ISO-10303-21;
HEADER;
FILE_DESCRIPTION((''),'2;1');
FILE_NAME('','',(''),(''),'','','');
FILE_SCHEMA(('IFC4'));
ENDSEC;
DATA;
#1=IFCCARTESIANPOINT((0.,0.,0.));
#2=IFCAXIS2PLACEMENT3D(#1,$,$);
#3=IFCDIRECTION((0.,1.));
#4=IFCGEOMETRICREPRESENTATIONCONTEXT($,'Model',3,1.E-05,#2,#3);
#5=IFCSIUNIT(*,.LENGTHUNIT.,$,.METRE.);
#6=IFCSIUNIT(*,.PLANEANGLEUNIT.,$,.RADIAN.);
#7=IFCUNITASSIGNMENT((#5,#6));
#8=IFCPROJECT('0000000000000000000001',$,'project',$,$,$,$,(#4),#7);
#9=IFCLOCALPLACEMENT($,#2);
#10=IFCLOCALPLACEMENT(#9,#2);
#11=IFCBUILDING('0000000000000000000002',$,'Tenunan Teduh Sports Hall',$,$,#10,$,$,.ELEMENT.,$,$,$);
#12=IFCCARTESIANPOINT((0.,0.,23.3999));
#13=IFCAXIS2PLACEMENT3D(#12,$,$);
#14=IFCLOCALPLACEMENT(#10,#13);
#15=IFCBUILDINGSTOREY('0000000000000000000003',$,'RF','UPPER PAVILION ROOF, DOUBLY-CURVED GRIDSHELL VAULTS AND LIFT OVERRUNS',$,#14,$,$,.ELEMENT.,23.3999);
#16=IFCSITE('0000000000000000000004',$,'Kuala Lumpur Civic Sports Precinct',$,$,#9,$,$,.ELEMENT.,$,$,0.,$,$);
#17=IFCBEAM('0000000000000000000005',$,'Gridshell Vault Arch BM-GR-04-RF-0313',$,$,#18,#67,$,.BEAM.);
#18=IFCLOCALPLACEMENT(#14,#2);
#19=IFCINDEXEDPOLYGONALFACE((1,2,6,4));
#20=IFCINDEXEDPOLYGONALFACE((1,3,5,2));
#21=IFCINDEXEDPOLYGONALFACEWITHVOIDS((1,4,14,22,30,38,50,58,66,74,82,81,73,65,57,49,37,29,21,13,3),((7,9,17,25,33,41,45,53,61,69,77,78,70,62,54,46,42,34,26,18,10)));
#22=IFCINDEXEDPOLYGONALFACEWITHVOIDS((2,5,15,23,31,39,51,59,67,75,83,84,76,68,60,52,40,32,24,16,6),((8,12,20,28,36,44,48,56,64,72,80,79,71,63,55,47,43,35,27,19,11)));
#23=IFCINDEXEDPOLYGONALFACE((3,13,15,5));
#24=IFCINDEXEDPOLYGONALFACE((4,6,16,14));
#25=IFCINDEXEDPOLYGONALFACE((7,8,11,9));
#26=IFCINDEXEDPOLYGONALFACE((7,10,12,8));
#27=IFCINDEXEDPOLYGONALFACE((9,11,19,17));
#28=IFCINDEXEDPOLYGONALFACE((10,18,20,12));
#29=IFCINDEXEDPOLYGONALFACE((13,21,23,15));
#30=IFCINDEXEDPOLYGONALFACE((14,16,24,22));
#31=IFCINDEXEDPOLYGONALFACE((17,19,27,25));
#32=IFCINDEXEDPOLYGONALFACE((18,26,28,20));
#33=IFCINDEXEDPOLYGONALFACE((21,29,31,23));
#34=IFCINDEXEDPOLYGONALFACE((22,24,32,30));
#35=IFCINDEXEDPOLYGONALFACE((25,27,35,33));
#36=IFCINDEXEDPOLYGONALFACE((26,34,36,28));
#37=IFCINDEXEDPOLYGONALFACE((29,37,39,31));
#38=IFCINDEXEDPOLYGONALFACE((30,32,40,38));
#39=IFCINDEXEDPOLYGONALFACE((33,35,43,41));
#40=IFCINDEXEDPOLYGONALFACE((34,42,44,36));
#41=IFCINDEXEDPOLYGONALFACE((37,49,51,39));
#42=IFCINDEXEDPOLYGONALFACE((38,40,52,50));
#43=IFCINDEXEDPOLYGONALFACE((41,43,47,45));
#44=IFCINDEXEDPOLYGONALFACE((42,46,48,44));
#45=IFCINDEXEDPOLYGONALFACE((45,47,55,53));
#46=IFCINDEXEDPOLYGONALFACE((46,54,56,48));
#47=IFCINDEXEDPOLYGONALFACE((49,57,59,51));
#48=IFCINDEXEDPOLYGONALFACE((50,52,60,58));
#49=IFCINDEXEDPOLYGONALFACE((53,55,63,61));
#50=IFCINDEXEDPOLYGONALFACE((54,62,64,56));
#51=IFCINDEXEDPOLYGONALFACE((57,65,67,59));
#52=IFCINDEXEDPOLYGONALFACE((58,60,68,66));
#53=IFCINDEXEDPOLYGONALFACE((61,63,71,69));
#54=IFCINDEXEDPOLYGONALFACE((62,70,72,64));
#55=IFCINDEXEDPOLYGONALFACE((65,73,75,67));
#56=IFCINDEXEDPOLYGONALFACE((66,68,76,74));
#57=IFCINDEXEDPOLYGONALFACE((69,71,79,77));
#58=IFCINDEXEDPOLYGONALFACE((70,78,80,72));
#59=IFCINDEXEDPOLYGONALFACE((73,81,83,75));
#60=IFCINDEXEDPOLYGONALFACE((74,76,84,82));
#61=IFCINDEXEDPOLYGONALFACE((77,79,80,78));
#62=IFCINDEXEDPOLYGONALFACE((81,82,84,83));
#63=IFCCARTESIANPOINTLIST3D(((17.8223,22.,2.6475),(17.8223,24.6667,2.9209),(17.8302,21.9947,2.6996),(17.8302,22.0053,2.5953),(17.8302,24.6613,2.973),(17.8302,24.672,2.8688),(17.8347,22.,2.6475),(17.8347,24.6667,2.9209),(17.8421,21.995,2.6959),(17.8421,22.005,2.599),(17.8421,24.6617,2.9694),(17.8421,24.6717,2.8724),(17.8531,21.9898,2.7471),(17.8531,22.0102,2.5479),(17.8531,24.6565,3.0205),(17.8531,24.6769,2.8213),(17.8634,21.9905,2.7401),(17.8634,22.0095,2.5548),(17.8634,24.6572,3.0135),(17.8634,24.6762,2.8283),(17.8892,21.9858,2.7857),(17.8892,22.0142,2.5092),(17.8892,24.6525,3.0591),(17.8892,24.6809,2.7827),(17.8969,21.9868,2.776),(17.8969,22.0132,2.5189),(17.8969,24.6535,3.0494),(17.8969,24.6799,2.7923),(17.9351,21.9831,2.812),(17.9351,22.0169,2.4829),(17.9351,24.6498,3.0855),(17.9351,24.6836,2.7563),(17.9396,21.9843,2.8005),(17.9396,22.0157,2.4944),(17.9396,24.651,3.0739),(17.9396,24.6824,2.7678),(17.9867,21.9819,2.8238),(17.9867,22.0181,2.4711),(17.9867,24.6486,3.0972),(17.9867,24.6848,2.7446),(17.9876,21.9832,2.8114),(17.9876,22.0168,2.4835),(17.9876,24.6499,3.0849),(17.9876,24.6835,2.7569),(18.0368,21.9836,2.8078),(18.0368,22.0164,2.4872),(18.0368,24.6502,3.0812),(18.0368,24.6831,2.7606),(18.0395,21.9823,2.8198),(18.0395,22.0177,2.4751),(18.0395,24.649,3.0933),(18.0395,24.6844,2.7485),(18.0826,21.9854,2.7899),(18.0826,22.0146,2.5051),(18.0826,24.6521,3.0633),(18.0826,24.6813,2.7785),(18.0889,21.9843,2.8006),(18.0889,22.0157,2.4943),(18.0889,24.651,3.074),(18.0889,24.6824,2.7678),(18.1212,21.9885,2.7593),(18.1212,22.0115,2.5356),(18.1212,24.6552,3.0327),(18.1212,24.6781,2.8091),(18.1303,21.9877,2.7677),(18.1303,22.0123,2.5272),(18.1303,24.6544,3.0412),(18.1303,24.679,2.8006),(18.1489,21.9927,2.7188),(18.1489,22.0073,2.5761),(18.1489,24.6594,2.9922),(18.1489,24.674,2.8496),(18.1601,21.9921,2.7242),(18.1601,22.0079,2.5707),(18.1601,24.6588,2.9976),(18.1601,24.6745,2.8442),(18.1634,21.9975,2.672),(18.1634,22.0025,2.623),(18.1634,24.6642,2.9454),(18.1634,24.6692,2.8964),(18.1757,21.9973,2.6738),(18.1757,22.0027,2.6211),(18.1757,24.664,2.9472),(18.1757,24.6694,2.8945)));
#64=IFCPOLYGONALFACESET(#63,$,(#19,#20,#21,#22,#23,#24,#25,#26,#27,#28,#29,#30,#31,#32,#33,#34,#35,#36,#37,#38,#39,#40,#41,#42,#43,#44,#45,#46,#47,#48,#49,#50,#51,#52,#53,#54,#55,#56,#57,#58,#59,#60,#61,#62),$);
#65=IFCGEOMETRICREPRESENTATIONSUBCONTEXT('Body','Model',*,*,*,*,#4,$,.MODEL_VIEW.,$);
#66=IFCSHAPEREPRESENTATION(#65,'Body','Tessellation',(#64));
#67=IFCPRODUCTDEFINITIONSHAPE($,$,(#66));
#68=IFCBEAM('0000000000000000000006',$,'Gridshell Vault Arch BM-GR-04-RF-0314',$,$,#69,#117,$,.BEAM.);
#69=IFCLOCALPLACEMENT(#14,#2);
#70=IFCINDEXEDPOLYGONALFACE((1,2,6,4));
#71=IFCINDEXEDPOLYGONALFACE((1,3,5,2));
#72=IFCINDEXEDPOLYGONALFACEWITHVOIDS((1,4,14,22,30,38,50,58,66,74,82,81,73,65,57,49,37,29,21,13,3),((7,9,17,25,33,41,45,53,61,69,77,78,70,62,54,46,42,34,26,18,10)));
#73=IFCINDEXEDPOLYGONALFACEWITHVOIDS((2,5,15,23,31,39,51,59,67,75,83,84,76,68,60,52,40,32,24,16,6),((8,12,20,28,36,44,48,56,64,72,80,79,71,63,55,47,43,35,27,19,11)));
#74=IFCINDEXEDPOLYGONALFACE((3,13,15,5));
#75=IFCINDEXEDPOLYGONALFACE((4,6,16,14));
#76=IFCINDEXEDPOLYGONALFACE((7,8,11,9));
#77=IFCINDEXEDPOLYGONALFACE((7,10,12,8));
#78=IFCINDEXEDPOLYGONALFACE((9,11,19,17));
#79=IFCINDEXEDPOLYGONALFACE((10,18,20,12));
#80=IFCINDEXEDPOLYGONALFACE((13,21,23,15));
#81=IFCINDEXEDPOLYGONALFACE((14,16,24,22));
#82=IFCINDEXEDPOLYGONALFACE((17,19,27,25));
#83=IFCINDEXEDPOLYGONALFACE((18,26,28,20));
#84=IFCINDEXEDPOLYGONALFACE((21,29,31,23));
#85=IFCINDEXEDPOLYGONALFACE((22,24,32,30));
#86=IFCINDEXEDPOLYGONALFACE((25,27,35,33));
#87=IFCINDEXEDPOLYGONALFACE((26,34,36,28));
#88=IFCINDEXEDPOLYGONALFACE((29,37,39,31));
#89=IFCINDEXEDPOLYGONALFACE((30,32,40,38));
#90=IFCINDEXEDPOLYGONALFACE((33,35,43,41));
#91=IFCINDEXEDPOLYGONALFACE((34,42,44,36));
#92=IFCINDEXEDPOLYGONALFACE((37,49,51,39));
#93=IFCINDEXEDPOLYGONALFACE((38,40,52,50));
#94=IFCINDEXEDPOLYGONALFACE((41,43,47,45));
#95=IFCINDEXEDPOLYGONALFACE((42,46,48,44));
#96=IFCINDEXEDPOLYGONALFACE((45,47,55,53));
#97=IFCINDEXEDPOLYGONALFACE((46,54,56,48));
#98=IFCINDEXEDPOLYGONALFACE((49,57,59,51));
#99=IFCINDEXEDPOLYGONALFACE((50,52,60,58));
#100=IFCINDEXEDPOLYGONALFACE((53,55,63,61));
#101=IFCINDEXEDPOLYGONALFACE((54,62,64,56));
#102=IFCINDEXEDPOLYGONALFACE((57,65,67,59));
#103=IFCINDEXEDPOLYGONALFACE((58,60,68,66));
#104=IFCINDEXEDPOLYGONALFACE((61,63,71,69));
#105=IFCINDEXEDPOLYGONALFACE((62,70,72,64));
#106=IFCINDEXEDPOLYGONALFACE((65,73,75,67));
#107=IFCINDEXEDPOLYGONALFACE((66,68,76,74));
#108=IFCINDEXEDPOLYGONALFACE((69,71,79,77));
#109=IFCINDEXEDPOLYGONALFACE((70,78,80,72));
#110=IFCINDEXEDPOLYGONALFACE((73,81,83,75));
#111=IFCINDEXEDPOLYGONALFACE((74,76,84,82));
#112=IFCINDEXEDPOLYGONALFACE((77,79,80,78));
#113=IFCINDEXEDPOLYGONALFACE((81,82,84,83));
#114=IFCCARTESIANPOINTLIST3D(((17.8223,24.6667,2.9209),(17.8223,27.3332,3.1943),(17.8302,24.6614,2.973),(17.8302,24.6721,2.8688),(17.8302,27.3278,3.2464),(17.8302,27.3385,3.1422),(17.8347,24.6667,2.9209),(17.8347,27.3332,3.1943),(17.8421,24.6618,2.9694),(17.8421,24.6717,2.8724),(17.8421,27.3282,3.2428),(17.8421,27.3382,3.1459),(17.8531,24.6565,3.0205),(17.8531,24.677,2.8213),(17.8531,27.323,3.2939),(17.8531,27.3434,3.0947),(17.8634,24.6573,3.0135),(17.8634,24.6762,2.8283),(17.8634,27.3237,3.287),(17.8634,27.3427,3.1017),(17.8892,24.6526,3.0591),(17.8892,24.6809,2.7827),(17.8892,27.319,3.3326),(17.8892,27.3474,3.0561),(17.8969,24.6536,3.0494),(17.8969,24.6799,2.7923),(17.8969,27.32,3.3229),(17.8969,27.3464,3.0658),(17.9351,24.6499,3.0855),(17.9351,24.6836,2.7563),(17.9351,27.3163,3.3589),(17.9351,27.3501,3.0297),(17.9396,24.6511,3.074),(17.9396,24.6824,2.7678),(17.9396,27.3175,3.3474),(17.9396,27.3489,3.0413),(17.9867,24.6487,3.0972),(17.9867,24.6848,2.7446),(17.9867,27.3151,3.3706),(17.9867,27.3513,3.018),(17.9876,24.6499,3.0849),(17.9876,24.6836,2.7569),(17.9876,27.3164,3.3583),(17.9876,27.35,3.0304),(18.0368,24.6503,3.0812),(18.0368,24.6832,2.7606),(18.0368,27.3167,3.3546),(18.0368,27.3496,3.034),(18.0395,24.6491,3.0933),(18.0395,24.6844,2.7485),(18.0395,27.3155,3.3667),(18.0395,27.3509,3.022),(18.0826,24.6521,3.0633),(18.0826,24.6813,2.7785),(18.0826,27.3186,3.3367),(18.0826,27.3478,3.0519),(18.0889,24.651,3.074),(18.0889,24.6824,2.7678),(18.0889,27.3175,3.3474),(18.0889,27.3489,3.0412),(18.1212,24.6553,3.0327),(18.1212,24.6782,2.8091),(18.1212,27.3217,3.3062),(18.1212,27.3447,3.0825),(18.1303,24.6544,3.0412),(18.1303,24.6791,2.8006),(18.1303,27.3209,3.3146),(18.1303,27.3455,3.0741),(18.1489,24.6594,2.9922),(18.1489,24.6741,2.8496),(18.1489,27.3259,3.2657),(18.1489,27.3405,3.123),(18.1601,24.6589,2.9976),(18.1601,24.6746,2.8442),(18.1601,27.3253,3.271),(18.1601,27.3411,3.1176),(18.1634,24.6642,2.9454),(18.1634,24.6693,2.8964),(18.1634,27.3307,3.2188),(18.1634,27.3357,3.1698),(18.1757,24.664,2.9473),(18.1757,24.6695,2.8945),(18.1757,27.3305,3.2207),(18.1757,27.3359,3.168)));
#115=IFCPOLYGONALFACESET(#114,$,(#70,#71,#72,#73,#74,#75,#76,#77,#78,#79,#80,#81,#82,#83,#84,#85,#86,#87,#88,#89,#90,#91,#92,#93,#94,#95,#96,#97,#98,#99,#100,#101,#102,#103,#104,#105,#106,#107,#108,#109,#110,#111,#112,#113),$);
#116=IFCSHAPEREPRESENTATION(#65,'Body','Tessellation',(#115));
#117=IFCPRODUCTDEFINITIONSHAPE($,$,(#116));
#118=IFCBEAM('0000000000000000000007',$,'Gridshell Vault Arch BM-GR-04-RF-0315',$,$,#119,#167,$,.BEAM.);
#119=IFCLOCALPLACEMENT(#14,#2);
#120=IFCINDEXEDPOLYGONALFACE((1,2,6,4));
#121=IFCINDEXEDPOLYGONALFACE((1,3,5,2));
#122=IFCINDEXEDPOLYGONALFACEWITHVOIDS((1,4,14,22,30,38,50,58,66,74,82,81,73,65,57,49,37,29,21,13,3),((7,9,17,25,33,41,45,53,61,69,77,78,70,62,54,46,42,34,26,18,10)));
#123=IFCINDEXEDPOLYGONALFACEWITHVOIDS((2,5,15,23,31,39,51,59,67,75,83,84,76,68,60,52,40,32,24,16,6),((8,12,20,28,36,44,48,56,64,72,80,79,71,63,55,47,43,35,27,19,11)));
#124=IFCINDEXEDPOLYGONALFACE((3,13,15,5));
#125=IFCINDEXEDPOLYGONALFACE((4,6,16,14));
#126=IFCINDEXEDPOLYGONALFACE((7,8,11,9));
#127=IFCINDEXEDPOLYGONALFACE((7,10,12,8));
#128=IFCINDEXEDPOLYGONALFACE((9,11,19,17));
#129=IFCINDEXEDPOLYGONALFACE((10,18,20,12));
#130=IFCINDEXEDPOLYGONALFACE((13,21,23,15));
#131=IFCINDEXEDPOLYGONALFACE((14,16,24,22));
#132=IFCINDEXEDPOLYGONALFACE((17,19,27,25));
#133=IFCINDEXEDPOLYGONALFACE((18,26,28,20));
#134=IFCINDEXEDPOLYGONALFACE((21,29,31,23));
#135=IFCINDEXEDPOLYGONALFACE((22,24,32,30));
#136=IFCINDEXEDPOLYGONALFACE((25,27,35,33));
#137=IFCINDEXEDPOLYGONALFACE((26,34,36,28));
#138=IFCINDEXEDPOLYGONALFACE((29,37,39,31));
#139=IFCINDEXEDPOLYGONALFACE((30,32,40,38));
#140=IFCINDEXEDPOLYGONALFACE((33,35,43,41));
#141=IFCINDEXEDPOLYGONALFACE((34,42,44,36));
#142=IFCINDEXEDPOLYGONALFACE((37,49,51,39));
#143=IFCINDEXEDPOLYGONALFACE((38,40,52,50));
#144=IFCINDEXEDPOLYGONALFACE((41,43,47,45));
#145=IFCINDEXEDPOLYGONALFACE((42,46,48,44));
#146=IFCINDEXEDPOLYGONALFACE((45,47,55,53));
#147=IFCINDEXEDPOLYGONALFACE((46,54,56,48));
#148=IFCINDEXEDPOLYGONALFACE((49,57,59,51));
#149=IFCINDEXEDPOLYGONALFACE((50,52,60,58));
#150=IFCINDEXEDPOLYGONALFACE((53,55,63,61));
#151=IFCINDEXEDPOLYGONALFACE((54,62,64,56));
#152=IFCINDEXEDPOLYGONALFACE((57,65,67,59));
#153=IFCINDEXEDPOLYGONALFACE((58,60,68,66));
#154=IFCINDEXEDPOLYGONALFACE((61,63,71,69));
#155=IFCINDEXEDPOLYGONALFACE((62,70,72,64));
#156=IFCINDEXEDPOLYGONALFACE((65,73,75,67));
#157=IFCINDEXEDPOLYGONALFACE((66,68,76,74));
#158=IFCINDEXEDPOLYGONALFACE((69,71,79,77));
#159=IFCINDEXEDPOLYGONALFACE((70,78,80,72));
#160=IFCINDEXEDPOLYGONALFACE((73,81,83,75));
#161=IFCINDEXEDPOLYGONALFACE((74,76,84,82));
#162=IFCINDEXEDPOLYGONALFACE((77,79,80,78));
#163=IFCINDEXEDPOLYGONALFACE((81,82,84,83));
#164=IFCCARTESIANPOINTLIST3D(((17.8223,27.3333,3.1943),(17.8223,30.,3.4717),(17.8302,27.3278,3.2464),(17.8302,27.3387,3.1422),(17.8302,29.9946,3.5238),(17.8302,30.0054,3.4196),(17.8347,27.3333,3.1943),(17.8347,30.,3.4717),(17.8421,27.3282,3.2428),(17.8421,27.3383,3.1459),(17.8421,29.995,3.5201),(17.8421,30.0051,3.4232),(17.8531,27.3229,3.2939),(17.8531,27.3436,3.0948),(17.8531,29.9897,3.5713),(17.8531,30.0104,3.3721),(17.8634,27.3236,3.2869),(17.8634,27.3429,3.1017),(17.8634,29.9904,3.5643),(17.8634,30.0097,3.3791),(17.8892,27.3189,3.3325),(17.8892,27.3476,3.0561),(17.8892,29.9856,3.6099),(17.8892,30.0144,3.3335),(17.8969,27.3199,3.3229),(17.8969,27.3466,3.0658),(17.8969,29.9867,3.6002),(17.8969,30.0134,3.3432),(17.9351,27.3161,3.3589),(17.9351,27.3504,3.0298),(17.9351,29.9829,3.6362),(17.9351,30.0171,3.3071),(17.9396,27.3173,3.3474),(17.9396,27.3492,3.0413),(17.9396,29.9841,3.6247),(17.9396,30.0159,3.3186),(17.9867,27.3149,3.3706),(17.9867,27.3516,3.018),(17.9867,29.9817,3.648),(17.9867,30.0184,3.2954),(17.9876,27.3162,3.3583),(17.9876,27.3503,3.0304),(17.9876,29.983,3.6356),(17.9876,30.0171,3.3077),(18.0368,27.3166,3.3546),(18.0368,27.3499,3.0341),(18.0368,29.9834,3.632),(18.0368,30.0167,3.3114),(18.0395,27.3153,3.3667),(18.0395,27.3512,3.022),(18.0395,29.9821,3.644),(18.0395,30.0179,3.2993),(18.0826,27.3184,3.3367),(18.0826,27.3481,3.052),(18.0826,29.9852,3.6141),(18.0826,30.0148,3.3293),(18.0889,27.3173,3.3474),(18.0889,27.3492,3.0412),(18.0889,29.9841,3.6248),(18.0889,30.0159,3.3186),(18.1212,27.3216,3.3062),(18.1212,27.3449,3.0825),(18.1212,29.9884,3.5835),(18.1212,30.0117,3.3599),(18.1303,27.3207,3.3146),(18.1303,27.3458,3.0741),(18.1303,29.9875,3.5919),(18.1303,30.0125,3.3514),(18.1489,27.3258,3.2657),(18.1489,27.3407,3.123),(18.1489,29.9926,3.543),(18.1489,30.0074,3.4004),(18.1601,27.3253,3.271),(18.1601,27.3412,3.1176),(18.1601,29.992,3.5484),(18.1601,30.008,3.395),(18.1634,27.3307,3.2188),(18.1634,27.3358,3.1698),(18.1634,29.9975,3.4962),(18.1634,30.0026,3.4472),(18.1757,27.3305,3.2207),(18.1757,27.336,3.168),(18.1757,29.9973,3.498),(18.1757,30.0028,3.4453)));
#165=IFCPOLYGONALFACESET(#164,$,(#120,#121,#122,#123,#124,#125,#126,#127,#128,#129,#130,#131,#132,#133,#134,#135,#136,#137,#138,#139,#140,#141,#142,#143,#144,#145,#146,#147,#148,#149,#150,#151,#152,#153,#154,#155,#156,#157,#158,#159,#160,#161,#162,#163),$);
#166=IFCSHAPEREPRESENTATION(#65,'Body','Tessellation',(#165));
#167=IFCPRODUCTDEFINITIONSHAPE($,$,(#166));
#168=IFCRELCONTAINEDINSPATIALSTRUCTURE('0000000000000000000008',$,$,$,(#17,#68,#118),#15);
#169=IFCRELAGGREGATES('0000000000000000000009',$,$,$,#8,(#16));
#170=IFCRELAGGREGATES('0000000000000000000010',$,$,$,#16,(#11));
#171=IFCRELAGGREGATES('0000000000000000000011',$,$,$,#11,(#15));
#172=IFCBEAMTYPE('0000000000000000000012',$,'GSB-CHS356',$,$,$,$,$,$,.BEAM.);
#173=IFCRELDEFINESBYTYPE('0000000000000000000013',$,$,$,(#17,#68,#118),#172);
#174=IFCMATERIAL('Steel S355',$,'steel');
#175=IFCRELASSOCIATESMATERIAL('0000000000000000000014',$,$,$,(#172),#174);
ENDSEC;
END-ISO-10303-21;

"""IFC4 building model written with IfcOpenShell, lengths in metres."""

from ifc_helpers import new_model, si_unit, direction, frame, origin, origin_2d, place, context, subcontext, project, spatial, hollow_circle, extrude, material, material_profile, profile_set, type_object, element, save


model = new_model("IFC4")

# Units and contexts
model_context = context("Model", 3, precision=1e-05, world=origin(), true_north=direction((0.0, 1.0)))
body_context = subcontext(model_context, "Body", "Model", "MODEL_VIEW")
ifc_project = project(units=[si_unit("LENGTHUNIT", "METRE"), si_unit("PLANEANGLEUNIT", "RADIAN")], contexts=[model_context])

# Site, building, storey
site_placement = place(None, origin())
site = spatial("IfcSite", under=ifc_project, at=site_placement, Name="Kuala Lumpur Civic Sports Precinct", CompositionType="ELEMENT", RefElevation=0.0)
building_placement = place(site_placement, origin())
building = spatial("IfcBuilding", under=site, at=building_placement, Name="Tenunan Teduh Sports Hall", CompositionType="ELEMENT")
storey_placement = place(building_placement, frame((0.0, 0.0, 23.3999)))
storey = spatial("IfcBuildingStorey", under=building, at=storey_placement, Name="RF", Description="UPPER PAVILION ROOF, DOUBLY-CURVED GRIDSHELL VAULTS AND LIFT OVERRUNS", CompositionType="ELEMENT", Elevation=23.3999)

# Beams
ifc_material_1 = material(Name="Steel S355", Category="steel")
ifc_material_profile_1 = material_profile(ifc_material_1, hollow_circle(Radius=0.1777, WallThickness=0.0125, at=origin_2d()), Name="CHS 355.6x12.5")
ifc_profile_set_1 = profile_set([ifc_material_profile_1], Name="Steel S355")
beam_type_1 = type_object("IfcBeamType", Name="GSB-CHS356", PredefinedType="BEAM", material=ifc_profile_set_1)
beam_1_placement = place(storey_placement, frame((18.0, 22.0, 2.6475), z_axis=(0.0, 0.994784, 0.102001), x_axis=(-1.0, 0.0, 0.0)))
element("IfcBeam", 1, at=beam_1_placement, inside=storey, type_object=beam_type_1, Name="Gridshell Vault Arch BM-GR-04-RF-0313", PredefinedType="BEAM", context=body_context, shape_type="SweptSolid", body=[
    extrude(hollow_circle(Radius=0.1777, WallThickness=0.0125, at=origin_2d()), origin(), (0.0, 0.0, 1.0), 2.6807),
])
beam_2_placement = place(storey_placement, frame((18.0, 24.6667, 2.9209), z_axis=(0.0, 0.994783, 0.10201), x_axis=(-1.0, 0.0, 0.0)))
element("IfcBeam", 2, at=beam_2_placement, inside=storey, type_object=beam_type_1, Name="Gridshell Vault Arch BM-GR-04-RF-0314", PredefinedType="BEAM", context=body_context, shape_type="SweptSolid", body=[
    extrude(hollow_circle(Radius=0.1777, WallThickness=0.0125, at=origin_2d()), origin(), (0.0, 0.0, 1.0), 2.6804),
])
for number, where, z_axis, x_axis, name in (
    (3, (18.0, 27.3333, 3.1943), (0.0, 0.994635, 0.103443), (-1.0, 0.0, 0.0), "Gridshell Vault Arch BM-GR-04-RF-0315"),
):
    element("IfcBeam", number, at=place(storey_placement, frame(where, z_axis=z_axis, x_axis=x_axis)), inside=storey, type_object=beam_type_1, Name=name, PredefinedType="BEAM", context=body_context, shape_type="SweptSolid", body=[
        extrude(hollow_circle(Radius=0.1777, WallThickness=0.0125, at=origin_2d()), origin(), (0.0, 0.0, 1.0), 2.6812),
    ])

save(model, "model.ifc")
